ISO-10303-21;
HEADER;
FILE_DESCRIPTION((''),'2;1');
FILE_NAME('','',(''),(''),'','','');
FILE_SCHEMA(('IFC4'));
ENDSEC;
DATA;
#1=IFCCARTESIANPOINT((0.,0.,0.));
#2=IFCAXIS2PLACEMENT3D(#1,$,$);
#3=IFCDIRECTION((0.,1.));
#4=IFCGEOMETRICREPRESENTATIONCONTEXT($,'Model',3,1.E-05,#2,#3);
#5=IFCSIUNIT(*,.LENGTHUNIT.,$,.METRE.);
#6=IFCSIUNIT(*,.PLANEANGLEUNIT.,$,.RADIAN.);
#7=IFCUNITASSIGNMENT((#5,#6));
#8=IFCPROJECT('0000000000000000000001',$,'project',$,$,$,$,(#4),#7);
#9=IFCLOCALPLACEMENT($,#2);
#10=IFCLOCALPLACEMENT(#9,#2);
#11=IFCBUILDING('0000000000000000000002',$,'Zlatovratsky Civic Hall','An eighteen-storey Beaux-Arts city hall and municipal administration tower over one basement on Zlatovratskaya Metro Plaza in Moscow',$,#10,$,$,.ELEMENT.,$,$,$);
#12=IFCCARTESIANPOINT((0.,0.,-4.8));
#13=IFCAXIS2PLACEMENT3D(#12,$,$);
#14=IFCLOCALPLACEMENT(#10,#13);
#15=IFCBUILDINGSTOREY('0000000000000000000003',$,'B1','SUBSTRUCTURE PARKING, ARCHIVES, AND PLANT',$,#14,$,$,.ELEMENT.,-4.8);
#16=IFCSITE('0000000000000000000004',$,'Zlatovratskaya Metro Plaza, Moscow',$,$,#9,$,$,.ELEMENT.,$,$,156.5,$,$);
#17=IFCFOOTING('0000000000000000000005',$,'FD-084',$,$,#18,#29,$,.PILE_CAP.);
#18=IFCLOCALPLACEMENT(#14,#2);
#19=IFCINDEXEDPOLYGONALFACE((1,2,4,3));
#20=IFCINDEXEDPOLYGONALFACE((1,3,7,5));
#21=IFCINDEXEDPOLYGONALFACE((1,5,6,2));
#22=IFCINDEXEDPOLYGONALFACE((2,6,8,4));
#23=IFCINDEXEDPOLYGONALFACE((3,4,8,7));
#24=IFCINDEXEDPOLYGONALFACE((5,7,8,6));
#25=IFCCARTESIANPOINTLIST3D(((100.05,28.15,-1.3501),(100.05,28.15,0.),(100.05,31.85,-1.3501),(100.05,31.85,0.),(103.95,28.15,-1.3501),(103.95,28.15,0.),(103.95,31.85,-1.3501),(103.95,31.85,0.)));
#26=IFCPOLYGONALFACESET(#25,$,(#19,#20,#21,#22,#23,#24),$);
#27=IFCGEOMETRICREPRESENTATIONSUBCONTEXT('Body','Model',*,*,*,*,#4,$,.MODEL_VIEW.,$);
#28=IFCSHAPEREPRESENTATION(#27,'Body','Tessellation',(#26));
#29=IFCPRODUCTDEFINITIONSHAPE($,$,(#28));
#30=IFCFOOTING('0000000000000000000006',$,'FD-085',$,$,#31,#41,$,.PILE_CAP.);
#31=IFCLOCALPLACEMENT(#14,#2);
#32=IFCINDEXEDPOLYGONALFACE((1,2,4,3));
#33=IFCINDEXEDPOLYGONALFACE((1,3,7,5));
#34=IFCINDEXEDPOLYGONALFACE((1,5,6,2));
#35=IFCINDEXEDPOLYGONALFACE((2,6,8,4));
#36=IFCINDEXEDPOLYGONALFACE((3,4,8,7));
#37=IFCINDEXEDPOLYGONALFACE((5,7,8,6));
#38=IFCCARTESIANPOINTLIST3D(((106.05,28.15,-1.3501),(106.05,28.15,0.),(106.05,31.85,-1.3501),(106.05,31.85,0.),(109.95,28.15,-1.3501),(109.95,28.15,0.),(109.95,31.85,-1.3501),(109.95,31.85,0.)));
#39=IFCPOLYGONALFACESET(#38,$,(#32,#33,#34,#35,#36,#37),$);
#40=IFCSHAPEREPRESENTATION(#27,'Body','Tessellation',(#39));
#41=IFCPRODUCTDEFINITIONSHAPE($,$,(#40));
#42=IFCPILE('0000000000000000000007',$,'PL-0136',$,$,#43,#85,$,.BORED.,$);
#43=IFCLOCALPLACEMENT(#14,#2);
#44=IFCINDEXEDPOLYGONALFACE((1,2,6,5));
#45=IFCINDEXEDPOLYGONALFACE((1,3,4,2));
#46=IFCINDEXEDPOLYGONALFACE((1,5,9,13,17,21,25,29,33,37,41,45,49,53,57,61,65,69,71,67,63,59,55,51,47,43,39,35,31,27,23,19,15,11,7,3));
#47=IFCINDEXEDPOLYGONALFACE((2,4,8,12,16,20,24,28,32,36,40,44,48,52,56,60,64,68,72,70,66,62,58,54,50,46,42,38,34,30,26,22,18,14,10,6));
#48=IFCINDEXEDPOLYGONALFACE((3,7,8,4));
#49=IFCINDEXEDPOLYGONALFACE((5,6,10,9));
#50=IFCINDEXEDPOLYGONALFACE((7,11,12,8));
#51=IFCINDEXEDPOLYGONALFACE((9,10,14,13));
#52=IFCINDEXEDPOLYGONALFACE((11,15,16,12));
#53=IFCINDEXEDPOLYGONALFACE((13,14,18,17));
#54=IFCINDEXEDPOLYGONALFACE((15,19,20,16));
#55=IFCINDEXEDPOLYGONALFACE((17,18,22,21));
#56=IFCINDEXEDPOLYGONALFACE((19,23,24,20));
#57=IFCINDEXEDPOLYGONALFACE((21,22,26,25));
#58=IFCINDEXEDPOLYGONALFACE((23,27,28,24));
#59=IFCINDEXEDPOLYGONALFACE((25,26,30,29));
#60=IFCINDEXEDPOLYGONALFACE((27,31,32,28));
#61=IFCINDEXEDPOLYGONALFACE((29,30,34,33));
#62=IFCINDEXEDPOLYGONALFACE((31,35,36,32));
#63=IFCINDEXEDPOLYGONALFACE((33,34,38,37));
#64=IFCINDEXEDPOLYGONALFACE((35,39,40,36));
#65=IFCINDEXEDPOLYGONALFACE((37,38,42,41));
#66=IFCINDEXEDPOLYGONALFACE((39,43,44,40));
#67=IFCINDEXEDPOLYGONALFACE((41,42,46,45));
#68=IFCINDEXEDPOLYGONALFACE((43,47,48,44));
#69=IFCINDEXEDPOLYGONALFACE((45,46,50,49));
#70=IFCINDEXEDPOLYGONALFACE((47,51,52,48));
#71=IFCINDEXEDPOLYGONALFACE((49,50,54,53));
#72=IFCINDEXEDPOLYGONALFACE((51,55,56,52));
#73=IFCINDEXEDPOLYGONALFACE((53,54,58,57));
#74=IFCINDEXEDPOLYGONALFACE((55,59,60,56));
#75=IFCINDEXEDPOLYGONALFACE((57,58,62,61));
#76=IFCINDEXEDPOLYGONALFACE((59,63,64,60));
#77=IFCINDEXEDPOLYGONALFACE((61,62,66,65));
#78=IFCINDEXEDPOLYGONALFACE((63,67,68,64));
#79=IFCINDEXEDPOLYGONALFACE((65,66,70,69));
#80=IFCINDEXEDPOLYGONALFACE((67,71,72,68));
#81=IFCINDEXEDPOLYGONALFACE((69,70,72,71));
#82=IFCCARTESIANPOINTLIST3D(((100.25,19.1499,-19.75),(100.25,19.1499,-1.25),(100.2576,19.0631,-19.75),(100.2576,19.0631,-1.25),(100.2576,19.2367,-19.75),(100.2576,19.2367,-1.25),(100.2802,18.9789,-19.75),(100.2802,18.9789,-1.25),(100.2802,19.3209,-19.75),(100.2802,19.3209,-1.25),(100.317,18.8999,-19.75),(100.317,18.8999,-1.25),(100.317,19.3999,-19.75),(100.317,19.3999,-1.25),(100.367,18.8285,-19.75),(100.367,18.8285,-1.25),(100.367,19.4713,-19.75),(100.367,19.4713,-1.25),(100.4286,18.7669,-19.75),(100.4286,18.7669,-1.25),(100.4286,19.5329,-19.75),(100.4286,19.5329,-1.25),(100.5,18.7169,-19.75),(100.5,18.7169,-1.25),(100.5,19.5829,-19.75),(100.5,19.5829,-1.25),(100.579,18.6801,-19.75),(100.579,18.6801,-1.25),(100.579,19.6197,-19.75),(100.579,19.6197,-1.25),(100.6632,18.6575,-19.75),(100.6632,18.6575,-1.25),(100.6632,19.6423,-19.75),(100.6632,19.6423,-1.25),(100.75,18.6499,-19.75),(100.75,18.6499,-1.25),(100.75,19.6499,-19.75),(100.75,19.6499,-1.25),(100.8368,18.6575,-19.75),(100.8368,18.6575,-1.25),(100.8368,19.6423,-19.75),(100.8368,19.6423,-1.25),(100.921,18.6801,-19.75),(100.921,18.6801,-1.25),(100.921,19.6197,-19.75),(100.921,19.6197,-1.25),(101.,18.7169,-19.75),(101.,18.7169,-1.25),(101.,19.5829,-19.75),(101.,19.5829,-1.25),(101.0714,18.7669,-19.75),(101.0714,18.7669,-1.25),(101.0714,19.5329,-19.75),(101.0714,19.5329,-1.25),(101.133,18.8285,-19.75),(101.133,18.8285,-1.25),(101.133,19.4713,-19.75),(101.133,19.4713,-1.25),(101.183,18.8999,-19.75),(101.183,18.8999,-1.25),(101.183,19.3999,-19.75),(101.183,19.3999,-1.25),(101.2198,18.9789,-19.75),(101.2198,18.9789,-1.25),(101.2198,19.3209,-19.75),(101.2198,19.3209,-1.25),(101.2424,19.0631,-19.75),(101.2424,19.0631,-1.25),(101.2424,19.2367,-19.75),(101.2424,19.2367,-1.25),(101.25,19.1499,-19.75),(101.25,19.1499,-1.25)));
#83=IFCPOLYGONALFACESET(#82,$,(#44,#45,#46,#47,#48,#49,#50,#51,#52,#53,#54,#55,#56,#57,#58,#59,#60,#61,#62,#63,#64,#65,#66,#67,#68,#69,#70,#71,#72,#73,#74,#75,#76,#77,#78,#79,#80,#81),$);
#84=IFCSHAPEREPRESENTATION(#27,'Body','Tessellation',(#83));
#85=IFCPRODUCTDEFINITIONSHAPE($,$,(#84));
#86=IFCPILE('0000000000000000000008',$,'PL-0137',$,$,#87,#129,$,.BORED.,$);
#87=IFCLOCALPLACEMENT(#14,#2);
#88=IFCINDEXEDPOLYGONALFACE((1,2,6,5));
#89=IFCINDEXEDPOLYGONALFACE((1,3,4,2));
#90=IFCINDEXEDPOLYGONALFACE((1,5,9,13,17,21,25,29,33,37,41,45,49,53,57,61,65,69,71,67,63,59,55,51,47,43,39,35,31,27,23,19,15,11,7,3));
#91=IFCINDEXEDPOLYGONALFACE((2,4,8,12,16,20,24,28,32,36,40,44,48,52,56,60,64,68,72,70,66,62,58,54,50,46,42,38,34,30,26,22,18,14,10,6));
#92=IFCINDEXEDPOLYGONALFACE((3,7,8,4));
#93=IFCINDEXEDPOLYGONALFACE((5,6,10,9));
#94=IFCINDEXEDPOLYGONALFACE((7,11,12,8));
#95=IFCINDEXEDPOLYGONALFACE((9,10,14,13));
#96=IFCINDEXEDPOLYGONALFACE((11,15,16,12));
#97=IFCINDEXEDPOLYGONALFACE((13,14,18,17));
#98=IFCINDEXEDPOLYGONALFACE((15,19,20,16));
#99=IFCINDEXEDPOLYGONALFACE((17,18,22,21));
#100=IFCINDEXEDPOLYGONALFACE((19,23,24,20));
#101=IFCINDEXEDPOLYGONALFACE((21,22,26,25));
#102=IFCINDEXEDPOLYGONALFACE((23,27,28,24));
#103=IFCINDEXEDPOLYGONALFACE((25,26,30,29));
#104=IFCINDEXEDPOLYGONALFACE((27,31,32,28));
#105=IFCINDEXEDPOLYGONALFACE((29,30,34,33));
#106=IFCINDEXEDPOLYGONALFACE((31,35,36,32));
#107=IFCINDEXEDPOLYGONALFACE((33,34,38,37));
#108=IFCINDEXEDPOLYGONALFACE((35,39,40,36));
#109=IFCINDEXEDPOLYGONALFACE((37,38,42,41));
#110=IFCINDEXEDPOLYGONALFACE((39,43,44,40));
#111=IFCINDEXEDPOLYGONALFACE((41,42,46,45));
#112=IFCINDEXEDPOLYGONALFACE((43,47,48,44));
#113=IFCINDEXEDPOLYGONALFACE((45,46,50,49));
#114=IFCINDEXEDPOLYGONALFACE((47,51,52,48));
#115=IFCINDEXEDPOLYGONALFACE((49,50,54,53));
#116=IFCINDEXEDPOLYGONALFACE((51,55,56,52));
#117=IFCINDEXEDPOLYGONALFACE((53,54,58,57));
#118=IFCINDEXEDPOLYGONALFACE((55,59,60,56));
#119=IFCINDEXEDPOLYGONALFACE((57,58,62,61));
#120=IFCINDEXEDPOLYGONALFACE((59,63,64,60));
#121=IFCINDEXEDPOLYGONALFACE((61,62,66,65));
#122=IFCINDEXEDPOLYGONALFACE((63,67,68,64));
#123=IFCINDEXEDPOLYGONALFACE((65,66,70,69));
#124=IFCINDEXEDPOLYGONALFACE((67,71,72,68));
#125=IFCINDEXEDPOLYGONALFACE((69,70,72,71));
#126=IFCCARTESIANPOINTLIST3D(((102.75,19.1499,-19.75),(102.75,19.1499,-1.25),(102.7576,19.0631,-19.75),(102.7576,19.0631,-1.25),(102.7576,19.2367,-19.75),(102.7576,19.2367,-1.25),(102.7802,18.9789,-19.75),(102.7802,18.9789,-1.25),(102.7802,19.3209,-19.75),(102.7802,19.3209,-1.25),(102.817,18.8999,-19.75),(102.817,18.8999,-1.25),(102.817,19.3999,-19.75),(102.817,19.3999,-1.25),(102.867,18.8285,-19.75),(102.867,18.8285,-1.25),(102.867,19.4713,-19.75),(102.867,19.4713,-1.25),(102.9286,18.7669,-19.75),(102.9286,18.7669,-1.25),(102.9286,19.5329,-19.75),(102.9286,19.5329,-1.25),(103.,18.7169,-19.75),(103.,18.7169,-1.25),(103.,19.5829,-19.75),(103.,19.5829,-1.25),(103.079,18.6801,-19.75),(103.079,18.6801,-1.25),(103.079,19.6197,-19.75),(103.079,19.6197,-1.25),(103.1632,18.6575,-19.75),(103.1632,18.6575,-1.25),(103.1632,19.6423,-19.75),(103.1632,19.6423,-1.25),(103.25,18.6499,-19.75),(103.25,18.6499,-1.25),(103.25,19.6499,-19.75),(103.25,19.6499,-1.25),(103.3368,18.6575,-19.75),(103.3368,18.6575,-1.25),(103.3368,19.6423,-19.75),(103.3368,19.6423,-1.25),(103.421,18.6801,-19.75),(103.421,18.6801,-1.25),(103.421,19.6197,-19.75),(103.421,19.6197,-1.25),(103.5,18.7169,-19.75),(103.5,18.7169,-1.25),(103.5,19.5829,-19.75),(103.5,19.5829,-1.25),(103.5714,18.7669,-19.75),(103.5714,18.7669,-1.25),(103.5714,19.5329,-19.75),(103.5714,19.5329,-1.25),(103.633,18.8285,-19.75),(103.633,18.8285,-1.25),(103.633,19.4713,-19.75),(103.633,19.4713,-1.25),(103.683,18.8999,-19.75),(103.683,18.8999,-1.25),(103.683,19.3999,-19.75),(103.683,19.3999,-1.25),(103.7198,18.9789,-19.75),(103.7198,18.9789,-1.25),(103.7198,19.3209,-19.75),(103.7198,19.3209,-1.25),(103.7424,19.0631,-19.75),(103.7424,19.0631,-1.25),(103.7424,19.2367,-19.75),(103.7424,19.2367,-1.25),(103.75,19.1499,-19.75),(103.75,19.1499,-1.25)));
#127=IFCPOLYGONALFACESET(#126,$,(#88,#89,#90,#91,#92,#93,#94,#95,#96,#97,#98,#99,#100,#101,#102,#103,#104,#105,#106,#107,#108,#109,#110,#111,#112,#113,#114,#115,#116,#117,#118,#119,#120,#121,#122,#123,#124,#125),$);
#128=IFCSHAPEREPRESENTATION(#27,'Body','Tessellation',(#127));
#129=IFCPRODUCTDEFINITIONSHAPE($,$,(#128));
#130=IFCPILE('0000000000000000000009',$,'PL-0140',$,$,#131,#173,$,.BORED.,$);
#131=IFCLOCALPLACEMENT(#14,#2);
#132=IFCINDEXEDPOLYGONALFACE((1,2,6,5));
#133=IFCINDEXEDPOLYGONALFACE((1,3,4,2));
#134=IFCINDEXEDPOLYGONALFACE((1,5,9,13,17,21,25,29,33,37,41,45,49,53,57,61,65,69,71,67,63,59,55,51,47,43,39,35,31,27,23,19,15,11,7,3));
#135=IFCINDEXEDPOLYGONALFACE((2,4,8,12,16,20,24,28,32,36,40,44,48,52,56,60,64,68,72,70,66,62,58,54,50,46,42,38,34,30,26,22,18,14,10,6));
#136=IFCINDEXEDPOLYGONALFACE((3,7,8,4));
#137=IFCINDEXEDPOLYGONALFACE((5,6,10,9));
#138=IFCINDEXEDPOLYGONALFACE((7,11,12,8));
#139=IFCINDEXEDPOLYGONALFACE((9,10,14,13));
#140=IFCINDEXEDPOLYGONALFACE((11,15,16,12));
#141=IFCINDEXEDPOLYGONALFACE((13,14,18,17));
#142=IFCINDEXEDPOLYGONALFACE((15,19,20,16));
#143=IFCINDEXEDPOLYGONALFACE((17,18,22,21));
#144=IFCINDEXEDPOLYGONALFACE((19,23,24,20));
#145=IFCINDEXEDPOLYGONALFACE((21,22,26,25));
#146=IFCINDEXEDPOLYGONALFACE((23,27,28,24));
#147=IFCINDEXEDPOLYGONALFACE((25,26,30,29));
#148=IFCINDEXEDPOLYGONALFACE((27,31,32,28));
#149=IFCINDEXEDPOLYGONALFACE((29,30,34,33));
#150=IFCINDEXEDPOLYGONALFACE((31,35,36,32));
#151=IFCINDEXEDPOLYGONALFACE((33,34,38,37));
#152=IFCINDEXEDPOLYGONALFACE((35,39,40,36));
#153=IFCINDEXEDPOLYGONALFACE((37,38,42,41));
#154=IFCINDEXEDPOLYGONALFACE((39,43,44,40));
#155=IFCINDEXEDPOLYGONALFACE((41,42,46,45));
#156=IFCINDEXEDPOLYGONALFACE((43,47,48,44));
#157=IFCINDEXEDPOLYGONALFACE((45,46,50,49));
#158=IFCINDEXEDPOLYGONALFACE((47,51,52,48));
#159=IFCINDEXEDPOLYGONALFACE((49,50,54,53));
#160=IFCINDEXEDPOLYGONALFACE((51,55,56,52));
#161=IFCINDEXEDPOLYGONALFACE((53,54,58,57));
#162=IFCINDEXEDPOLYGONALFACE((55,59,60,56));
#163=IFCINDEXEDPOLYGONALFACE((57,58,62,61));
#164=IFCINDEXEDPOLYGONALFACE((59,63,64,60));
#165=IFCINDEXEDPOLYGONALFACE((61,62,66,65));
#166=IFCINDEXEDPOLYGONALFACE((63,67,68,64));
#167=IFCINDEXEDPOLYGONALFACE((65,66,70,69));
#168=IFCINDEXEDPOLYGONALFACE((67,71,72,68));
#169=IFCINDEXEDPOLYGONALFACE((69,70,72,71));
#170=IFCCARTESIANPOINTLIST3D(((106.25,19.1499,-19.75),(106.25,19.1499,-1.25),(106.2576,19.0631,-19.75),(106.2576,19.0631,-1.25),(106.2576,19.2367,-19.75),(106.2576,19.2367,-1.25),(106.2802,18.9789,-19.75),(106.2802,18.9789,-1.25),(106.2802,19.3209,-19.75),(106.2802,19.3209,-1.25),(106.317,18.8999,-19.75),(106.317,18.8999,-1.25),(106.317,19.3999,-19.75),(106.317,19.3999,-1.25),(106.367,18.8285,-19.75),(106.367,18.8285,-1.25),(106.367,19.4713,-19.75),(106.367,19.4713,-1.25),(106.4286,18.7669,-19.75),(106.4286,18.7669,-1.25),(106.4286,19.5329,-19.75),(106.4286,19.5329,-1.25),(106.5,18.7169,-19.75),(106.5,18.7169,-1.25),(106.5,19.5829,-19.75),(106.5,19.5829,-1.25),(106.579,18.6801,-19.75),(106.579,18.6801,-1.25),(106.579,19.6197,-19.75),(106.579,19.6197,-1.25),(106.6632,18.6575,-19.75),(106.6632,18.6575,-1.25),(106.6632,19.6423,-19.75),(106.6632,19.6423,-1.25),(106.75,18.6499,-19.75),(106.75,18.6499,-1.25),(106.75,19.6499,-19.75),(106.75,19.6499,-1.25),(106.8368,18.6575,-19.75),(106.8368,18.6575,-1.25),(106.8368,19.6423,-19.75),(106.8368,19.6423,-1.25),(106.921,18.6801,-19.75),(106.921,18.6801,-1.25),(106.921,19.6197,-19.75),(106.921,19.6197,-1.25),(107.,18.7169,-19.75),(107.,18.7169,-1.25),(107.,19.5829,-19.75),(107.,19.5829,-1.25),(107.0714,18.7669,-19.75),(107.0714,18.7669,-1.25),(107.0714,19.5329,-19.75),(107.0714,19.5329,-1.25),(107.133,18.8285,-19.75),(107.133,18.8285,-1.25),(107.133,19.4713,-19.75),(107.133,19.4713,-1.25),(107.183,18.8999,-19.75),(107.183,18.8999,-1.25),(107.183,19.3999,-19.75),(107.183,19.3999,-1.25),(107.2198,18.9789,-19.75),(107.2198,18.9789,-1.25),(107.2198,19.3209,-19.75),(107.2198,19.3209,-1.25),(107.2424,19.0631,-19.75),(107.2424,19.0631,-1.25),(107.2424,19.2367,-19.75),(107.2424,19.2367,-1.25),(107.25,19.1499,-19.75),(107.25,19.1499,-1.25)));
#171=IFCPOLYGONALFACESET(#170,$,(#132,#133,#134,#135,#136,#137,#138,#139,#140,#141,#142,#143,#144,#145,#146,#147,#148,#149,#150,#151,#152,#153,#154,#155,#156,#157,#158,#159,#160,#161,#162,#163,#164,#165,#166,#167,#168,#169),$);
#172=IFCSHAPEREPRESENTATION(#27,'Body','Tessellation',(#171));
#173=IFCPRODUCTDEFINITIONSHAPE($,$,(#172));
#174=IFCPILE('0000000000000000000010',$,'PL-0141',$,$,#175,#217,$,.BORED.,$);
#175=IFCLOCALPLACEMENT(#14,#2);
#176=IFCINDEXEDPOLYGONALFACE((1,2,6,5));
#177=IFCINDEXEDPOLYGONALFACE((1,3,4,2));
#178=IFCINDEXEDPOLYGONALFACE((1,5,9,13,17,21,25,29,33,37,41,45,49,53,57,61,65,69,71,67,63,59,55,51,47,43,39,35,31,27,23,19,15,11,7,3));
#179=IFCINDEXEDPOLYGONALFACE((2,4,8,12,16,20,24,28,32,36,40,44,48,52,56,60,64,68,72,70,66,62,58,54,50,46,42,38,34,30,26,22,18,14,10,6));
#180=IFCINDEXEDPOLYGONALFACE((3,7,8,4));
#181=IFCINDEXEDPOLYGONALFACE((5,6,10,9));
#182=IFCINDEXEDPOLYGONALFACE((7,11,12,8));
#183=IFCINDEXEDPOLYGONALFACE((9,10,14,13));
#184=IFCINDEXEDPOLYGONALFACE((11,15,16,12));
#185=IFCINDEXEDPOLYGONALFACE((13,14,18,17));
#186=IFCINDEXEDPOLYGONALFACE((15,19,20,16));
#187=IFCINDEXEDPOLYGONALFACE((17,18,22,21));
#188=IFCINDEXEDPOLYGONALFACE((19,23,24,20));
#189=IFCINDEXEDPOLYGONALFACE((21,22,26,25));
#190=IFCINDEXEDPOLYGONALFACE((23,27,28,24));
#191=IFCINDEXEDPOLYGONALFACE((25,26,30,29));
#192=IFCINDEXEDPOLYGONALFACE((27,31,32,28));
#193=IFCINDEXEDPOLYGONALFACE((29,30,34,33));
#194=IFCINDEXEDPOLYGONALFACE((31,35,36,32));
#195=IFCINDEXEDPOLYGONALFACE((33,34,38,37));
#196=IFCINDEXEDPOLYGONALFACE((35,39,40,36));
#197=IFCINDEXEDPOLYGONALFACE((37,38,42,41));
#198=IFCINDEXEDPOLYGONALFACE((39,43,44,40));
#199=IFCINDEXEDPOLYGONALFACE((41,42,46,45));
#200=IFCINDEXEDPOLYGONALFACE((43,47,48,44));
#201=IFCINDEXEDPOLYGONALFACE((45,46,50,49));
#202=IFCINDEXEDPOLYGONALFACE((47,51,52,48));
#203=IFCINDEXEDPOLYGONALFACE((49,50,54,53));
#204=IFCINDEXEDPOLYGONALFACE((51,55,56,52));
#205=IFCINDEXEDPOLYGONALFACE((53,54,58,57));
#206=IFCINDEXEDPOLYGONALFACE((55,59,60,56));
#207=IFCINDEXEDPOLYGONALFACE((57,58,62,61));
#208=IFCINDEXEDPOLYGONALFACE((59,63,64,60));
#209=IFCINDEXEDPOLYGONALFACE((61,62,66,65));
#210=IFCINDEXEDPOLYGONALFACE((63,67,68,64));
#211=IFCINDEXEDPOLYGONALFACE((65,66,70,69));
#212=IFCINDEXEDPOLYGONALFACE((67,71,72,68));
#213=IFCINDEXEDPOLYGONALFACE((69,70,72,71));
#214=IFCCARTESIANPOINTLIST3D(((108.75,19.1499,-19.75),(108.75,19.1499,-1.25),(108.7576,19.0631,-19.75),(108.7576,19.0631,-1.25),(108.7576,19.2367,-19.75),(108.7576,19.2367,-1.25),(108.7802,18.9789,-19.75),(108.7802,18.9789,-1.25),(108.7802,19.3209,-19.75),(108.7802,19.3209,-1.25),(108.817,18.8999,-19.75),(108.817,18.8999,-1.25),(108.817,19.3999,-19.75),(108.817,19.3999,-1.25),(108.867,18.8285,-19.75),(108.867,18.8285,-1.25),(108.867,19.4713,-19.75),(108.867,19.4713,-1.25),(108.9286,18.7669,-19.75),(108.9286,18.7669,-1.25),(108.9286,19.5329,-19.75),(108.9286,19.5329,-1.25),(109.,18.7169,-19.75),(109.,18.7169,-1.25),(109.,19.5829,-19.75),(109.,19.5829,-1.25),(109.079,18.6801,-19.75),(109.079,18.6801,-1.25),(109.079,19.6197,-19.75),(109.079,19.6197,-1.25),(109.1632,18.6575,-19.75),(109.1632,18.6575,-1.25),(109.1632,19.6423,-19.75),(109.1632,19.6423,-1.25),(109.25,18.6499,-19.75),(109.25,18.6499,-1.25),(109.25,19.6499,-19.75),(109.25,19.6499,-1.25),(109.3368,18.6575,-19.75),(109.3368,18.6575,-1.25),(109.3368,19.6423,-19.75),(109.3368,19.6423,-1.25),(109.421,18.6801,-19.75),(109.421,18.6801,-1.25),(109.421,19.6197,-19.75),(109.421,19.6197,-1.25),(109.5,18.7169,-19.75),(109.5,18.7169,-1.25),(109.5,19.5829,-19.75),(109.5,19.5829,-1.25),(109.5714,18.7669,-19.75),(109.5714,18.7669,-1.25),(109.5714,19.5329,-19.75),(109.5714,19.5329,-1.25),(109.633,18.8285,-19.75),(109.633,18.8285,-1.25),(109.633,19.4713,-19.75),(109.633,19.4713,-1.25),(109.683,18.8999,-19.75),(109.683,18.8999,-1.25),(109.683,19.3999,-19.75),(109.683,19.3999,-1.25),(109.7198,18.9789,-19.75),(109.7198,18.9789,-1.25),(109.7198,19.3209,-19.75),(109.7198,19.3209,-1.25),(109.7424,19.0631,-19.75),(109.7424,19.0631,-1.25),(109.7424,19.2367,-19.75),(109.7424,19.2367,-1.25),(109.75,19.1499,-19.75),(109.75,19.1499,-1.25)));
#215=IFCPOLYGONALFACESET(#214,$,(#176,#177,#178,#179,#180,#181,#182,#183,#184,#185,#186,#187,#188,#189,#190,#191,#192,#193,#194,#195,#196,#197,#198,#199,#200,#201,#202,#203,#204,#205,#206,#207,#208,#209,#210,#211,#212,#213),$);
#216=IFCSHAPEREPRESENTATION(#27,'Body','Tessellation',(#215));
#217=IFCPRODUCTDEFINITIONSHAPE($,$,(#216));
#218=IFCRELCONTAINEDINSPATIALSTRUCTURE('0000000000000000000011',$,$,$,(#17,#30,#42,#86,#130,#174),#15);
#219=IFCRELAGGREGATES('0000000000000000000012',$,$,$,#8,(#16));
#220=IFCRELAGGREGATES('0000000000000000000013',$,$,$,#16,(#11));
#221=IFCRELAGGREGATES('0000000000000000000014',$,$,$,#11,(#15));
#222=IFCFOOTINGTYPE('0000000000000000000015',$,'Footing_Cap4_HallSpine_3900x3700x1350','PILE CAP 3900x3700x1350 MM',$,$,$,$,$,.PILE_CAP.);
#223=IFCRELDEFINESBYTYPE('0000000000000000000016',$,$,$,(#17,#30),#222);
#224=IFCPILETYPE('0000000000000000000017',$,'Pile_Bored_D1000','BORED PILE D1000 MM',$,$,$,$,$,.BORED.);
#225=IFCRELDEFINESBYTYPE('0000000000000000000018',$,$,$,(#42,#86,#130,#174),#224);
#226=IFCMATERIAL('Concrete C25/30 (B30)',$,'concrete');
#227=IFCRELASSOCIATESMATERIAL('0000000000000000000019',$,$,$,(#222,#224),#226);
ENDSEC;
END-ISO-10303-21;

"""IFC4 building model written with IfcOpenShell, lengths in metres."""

from ifc_helpers import new_model, si_unit, direction, frame, origin, origin_2d, place, context, subcontext, project, spatial, rectangle, circle, extrude, material, material_profile, profile_set, type_object, element, save


model = new_model("IFC4")

# Units and contexts
model_context = context("Model", 3, precision=1e-05, world=origin(), true_north=direction((0.0, 1.0)))
body_context = subcontext(model_context, "Body", "Model", "MODEL_VIEW")
ifc_project = project(units=[si_unit("LENGTHUNIT", "METRE"), si_unit("PLANEANGLEUNIT", "RADIAN")], contexts=[model_context])

# Site, building, storey
site_placement = place(None, origin())
site = spatial("IfcSite", under=ifc_project, at=site_placement, Name="Zlatovratskaya Metro Plaza, Moscow", CompositionType="ELEMENT", RefElevation=156.5)
building_placement = place(site_placement, origin())
building = spatial("IfcBuilding", under=site, at=building_placement, Name="Zlatovratsky Civic Hall", Description="An eighteen-storey Beaux-Arts city hall and municipal administration tower over one basement on Zlatovratskaya Metro Plaza in Moscow", CompositionType="ELEMENT")
storey_placement = place(building_placement, frame((0.0, 0.0, -4.8)))
storey = spatial("IfcBuildingStorey", under=building, at=storey_placement, Name="B1", Description="SUBSTRUCTURE PARKING, ARCHIVES, AND PLANT", CompositionType="ELEMENT", Elevation=-4.8)

# Footings
ifc_material_1 = material(Name="Concrete C25/30 (B30)", Category="concrete")
footing_type = type_object("IfcFootingType", Name="Footing_Cap4_HallSpine_3900x3700x1350", Description="PILE CAP 3900x3700x1350 MM", PredefinedType="PILE_CAP", material=ifc_material_1)
for number, where, z_axis, x_axis, name in (
    (1, (102.0, 30.0, -1.3501), (0.0, 0.0, 1.0), (1.0, 0.0, 0.0), "FD-084"),
    (2, (108.0, 30.0, -1.3501), (0.0, 0.0, 1.0), (1.0, 0.0, 0.0), "FD-085"),
):
    element("IfcFooting", number, at=place(storey_placement, frame(where, z_axis=z_axis, x_axis=x_axis)), inside=storey, type_object=footing_type, Name=name, PredefinedType="PILE_CAP", context=body_context, shape_type="SweptSolid", body=[
        extrude(rectangle(XDim=3.8999, YDim=3.7, at=origin_2d()), origin(), (0.0, 0.0, 1.0), 1.3501),
    ])

# Piles
ifc_material_profile_1 = material_profile(ifc_material_1, circle(Radius=0.5, at=origin_2d()), Name="PILE D1000")
ifc_profile_set_1 = profile_set([ifc_material_profile_1], Name="Concrete C25/30 (B30)")
pile_type = type_object("IfcPileType", Name="Pile_Bored_D1000", Description="BORED PILE D1000 MM", PredefinedType="BORED", material=ifc_profile_set_1)
for number, where, z_axis, x_axis, name in (
    (3, (100.75, 19.1499, -1.25), (0.0, 0.0, -1.0), (1.0, 0.0, 0.0), "PL-0136"),
    (4, (103.25, 19.1499, -1.25), (0.0, 0.0, -1.0), (1.0, 0.0, 0.0), "PL-0137"),
    (5, (106.75, 19.1499, -1.25), (0.0, 0.0, -1.0), (1.0, 0.0, 0.0), "PL-0140"),
    (6, (109.25, 19.1499, -1.25), (0.0, 0.0, -1.0), (1.0, 0.0, 0.0), "PL-0141"),
):
    element("IfcPile", number, at=place(storey_placement, frame(where, z_axis=z_axis, x_axis=x_axis)), inside=storey, type_object=pile_type, Name=name, PredefinedType="BORED", context=body_context, shape_type="SweptSolid", body=[
        extrude(circle(Radius=0.5, at=origin_2d()), origin(), (0.0, 0.0, 1.0), 18.5),
    ])

save(model, "model.ifc")
